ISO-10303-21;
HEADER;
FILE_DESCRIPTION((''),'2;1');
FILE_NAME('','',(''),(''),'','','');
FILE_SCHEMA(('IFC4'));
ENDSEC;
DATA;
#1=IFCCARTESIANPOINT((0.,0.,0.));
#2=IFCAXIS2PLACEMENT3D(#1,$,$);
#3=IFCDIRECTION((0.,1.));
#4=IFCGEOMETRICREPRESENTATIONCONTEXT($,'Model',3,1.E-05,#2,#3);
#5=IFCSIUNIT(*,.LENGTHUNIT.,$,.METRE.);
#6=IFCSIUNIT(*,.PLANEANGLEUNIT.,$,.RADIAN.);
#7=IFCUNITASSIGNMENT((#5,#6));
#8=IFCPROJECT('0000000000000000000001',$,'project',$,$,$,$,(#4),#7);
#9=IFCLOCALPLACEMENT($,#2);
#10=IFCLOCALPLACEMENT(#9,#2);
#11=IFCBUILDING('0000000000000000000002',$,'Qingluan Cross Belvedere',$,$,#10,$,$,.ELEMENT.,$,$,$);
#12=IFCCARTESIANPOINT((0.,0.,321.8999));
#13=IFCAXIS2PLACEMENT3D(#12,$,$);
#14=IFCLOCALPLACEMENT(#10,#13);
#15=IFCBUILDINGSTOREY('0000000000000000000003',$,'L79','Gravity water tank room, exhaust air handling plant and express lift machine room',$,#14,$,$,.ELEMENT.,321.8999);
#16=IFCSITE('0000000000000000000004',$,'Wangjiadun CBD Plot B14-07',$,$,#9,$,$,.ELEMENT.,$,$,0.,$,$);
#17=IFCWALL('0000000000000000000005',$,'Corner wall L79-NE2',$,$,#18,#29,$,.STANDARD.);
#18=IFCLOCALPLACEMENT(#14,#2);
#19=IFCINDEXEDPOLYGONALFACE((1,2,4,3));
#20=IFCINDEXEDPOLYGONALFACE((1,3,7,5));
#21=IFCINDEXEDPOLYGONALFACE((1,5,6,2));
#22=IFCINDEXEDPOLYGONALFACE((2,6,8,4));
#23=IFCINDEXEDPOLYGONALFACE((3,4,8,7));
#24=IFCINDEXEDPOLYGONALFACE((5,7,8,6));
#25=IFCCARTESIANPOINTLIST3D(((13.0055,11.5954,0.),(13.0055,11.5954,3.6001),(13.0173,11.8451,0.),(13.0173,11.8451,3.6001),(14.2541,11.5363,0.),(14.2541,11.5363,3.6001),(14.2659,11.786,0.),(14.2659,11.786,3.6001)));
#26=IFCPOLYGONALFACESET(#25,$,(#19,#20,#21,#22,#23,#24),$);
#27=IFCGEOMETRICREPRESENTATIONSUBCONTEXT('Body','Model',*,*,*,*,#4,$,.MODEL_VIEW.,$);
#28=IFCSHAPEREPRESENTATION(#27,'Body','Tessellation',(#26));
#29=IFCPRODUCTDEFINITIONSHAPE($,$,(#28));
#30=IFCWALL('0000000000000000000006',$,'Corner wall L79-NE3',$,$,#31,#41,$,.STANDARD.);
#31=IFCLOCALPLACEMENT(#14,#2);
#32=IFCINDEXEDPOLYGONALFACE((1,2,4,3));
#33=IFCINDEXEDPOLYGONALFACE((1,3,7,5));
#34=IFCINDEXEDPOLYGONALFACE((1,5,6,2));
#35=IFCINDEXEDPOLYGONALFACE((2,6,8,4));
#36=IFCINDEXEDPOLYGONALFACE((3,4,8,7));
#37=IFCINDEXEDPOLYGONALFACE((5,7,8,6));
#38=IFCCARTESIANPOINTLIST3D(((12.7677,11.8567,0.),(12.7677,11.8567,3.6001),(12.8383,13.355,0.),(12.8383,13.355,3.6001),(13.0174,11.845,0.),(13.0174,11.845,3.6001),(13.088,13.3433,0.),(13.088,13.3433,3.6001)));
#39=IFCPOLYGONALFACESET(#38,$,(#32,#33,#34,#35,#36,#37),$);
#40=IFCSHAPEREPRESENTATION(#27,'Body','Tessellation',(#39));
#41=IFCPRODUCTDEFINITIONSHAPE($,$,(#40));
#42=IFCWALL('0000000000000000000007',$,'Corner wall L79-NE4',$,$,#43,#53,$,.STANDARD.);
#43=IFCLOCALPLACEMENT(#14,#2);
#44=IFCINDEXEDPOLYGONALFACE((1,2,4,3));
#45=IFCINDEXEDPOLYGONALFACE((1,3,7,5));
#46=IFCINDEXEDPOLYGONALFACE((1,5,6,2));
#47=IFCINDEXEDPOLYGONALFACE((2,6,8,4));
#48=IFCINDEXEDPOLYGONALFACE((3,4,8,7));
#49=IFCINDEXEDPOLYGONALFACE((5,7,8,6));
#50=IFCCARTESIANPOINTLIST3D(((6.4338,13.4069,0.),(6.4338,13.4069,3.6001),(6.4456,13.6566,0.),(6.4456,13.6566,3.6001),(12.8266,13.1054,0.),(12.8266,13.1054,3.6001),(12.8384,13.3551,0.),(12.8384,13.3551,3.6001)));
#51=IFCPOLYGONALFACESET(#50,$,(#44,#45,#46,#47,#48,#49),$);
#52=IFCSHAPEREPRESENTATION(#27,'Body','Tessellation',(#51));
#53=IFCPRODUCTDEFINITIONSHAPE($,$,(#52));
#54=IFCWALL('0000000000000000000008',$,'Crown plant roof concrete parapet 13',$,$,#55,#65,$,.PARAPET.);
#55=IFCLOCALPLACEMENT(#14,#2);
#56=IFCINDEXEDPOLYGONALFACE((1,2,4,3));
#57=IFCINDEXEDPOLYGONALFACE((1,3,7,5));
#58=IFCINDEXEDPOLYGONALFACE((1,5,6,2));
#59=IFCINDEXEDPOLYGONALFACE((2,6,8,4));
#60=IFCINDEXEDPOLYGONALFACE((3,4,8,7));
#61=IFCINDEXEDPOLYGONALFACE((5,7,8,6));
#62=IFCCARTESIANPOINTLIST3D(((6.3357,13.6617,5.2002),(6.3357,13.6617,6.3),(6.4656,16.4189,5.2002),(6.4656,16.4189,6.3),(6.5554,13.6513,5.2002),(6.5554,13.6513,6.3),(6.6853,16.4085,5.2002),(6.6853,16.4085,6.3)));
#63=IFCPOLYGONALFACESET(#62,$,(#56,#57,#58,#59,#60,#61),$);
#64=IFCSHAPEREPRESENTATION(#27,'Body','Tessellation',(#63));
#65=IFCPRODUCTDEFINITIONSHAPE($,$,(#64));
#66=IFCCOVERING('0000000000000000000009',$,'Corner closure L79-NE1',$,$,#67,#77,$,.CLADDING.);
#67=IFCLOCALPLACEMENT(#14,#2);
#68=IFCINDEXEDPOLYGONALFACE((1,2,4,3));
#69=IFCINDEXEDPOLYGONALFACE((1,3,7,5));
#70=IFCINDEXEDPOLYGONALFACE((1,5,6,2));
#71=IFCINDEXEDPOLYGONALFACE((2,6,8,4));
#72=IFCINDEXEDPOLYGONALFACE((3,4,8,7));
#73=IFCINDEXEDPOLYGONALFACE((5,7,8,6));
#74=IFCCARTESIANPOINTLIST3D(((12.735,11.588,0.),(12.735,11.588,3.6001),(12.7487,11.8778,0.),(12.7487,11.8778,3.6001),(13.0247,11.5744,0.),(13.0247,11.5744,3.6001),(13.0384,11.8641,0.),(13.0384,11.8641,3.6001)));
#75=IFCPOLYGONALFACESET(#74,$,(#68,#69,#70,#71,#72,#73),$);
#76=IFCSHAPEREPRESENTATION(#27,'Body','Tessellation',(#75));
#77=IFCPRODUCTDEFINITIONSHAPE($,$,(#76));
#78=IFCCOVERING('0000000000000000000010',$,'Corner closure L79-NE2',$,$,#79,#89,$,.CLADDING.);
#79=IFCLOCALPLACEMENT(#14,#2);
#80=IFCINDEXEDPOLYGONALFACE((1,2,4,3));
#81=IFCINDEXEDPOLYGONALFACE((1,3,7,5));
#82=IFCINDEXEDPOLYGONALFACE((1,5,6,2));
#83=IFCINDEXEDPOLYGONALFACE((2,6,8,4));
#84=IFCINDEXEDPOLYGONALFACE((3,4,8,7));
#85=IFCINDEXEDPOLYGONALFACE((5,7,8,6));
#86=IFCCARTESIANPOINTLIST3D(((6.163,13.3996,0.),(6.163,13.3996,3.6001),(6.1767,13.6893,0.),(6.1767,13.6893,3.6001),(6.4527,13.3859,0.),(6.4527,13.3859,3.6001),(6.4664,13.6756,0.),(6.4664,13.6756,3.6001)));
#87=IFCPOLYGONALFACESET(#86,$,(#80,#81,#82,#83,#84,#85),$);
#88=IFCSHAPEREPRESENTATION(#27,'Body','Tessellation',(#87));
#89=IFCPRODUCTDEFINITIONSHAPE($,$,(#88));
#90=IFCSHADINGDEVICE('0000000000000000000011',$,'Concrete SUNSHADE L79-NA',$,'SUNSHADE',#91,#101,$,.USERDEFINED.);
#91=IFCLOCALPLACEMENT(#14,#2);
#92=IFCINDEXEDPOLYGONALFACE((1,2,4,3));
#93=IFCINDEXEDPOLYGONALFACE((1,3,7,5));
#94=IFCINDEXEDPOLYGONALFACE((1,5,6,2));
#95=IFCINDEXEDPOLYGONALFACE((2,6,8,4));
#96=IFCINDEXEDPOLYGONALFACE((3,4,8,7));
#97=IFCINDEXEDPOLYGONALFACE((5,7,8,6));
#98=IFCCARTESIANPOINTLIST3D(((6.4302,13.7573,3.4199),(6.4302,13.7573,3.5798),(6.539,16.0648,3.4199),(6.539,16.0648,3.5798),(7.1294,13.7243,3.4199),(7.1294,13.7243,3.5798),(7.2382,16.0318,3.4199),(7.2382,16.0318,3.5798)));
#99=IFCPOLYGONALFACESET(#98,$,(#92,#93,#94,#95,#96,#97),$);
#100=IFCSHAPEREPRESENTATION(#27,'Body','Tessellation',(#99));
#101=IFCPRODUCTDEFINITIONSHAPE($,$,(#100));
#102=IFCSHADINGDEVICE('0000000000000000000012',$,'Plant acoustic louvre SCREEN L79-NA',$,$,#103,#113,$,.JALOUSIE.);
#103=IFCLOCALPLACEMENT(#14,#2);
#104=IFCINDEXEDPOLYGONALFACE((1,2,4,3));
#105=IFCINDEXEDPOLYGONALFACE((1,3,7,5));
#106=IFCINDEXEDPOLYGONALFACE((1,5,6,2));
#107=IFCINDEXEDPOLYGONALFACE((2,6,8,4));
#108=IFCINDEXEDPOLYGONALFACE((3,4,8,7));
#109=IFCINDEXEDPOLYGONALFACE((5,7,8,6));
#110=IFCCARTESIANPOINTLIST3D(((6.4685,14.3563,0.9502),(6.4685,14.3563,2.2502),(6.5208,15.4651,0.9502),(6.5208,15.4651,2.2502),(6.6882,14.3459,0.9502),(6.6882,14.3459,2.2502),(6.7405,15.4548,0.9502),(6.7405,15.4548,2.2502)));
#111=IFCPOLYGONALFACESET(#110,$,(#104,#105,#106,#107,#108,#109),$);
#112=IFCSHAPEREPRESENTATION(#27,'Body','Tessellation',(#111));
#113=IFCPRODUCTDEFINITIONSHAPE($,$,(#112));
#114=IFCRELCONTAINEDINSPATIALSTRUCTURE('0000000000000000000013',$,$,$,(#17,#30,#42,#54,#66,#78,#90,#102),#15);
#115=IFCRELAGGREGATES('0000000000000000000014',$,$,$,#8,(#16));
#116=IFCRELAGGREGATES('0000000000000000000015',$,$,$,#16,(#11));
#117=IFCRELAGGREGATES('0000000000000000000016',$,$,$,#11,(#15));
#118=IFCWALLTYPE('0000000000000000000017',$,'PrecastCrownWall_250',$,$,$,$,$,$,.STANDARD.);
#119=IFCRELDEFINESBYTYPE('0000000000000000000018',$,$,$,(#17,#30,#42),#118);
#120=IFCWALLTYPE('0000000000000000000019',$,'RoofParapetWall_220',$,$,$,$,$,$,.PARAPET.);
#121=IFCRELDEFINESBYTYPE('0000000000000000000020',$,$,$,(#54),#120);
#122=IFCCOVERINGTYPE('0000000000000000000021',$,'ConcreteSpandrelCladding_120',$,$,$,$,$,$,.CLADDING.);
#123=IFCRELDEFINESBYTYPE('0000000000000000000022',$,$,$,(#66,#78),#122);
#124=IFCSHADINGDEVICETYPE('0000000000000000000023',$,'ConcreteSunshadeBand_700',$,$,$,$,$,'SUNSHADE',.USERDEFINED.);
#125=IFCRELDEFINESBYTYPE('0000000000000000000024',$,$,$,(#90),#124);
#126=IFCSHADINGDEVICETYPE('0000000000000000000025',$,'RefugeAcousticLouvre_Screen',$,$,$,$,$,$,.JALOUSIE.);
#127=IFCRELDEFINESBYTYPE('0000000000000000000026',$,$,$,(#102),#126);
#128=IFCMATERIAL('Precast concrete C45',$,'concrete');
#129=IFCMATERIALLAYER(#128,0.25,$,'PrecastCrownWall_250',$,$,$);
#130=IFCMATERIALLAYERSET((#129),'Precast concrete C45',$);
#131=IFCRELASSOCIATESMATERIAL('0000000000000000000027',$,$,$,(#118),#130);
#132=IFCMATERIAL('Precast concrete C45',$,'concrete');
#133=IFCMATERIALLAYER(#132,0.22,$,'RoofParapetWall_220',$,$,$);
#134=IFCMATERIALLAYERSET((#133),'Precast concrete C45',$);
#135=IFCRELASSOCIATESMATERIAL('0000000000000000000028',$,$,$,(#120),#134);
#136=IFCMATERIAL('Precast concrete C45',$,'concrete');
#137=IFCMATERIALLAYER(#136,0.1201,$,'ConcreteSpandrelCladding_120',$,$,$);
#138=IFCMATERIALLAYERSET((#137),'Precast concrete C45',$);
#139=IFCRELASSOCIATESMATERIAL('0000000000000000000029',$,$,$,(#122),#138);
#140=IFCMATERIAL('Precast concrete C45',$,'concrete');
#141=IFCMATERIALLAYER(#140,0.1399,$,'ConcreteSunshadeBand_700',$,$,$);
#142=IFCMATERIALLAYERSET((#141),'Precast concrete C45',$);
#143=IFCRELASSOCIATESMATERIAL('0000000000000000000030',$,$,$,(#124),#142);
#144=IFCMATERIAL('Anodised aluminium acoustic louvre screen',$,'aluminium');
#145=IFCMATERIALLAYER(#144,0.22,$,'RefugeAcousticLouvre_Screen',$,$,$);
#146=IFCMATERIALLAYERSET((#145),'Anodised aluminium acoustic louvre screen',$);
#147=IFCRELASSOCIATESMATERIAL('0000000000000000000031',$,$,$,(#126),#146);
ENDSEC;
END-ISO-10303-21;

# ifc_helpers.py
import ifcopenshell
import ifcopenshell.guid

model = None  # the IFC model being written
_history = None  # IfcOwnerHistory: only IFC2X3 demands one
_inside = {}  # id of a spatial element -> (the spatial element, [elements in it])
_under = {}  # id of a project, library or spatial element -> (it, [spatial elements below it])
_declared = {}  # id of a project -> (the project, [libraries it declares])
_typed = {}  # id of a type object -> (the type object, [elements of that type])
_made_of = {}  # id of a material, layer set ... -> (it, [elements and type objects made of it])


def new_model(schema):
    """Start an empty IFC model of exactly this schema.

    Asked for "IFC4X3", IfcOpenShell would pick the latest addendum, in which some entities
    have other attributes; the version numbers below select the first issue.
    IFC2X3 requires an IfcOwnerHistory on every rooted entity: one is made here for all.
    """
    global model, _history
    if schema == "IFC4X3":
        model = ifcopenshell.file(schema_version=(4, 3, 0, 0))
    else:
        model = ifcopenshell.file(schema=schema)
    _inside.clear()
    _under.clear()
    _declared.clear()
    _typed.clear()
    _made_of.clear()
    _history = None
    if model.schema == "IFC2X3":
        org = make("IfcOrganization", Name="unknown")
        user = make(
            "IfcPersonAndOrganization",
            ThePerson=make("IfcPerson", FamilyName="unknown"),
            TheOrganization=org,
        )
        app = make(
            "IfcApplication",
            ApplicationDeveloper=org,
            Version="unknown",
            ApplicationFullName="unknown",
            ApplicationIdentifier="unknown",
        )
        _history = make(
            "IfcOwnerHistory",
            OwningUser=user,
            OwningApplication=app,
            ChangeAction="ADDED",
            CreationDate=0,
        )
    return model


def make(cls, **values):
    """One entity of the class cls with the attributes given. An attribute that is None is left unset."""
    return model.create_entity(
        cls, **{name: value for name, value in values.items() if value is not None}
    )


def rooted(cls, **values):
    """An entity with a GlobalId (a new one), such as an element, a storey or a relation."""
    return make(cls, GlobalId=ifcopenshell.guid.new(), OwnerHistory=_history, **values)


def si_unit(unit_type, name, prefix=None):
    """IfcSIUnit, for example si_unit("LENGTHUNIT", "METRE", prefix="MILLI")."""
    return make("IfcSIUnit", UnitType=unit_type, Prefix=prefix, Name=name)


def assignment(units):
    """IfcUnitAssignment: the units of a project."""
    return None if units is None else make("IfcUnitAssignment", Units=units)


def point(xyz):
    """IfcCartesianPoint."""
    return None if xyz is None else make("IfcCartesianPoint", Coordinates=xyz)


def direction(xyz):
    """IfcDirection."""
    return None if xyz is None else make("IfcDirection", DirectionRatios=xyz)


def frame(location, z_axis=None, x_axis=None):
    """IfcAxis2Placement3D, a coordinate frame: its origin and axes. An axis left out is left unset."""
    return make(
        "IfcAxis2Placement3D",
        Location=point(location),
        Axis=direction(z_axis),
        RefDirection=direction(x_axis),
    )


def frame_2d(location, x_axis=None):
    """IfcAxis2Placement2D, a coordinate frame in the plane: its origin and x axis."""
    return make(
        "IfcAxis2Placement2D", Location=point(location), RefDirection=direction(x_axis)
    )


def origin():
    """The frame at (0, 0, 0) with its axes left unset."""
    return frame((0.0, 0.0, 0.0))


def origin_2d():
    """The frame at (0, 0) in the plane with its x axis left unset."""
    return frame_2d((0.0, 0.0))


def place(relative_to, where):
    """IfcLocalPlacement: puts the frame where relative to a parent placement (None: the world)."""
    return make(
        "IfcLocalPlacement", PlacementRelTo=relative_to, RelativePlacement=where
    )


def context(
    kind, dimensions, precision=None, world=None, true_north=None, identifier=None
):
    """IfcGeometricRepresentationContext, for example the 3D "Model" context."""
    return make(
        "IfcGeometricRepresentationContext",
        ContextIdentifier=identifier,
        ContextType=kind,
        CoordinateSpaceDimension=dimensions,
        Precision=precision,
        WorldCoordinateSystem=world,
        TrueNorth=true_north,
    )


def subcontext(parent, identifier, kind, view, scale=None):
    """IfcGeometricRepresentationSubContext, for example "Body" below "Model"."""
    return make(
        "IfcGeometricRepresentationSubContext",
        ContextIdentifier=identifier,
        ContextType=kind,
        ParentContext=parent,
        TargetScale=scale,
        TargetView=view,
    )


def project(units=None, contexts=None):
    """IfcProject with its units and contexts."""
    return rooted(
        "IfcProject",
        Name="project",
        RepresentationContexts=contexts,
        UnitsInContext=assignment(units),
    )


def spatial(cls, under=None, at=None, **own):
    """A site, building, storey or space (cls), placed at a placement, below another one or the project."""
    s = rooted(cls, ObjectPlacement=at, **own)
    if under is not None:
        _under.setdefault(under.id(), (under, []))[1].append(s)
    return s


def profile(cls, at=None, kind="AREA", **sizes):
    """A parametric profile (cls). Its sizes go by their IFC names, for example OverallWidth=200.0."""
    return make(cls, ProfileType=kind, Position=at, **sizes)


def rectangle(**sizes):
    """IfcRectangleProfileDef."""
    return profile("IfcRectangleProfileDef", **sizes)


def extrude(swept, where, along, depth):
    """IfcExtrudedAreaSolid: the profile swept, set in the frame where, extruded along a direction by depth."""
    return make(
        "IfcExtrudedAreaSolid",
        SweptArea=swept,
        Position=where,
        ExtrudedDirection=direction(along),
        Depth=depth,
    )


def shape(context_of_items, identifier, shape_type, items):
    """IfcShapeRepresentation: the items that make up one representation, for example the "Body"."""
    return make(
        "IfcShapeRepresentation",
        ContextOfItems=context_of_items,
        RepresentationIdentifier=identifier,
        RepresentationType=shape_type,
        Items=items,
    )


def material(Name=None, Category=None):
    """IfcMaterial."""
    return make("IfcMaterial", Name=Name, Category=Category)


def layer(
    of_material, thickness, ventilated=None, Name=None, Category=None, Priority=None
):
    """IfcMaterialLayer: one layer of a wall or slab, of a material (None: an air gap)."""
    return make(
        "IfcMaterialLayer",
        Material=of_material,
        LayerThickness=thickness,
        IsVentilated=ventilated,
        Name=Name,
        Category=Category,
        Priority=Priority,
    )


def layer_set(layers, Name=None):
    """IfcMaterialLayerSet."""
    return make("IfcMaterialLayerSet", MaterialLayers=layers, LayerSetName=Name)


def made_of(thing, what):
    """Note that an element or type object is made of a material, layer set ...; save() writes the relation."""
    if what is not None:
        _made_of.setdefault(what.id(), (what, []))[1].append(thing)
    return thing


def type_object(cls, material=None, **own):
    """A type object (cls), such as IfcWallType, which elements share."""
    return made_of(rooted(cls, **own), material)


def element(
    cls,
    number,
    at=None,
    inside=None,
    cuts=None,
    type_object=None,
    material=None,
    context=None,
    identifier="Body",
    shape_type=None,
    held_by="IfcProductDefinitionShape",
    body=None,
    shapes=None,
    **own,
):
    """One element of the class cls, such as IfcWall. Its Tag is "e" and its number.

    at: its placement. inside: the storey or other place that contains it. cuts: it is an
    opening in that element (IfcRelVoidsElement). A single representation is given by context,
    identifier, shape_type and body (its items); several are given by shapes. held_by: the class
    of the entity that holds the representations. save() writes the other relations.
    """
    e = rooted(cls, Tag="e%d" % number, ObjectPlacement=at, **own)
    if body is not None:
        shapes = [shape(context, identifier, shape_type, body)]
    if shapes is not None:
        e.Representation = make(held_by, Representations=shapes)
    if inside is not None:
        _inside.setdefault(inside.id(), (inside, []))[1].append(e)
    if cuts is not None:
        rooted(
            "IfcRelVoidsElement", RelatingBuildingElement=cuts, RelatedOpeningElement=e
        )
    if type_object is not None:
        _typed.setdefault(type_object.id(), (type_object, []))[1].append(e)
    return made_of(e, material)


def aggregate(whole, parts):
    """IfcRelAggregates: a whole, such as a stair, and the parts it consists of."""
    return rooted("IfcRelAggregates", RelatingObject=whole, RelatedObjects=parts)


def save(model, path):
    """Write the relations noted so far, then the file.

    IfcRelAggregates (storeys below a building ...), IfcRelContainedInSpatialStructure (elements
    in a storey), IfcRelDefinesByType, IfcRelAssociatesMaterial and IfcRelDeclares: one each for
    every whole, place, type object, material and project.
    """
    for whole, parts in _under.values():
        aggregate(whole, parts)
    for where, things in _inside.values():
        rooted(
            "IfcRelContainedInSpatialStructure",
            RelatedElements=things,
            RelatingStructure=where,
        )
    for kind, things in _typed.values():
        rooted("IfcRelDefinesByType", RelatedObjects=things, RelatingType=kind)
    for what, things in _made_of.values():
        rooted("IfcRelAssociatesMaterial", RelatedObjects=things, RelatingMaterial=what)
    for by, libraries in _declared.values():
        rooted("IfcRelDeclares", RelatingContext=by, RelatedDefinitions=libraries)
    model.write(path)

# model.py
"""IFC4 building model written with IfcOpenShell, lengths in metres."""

from ifc_helpers import new_model, si_unit, direction, frame, frame_2d, origin, origin_2d, place, context, subcontext, project, spatial, rectangle, extrude, material, layer, layer_set, type_object, element, save


model = new_model("IFC4")

# Units and contexts
model_context = context("Model", 3, precision=1e-05, world=origin(), true_north=direction((0.0, 1.0)))
body_context = subcontext(model_context, "Body", "Model", "MODEL_VIEW")
ifc_project = project(units=[si_unit("LENGTHUNIT", "METRE"), si_unit("PLANEANGLEUNIT", "RADIAN")], contexts=[model_context])

# Site, building, storey
site_placement = place(None, origin())
site = spatial("IfcSite", under=ifc_project, at=site_placement, Name="Wangjiadun CBD Plot B14-07", CompositionType="ELEMENT", RefElevation=0.0)
building_placement = place(site_placement, origin())
building = spatial("IfcBuilding", under=site, at=building_placement, Name="Qingluan Cross Belvedere", CompositionType="ELEMENT")
storey_placement = place(building_placement, frame((0.0, 0.0, 321.8999)))
storey = spatial("IfcBuildingStorey", under=building, at=storey_placement, Name="L79", Description="Gravity water tank room, exhaust air handling plant and express lift machine room", CompositionType="ELEMENT", Elevation=321.8999)

# Walls
ifc_material_1 = material(Name="Precast concrete C45", Category="concrete")
ifc_layer_1 = layer(ifc_material_1, 0.25, Name="PrecastCrownWall_250")
ifc_layer_set_1 = layer_set([ifc_layer_1], Name="Precast concrete C45")
wall_type_1 = type_object("IfcWallType", Name="PrecastCrownWall_250", PredefinedType="STANDARD", material=ifc_layer_set_1)
wall_1_placement = place(storey_placement, frame((14.26, 11.6611, 0.0), z_axis=(0.0, 0.0, 1.0), x_axis=(-0.998882, 0.047268, 0.0)))
element("IfcWall", 1, at=wall_1_placement, inside=storey, type_object=wall_type_1, Name="Corner wall L79-NE2", PredefinedType="STANDARD", context=body_context, shape_type="SweptSolid", body=[
    extrude(rectangle(XDim=1.25, YDim=0.25, at=frame_2d((0.625, 0.0))), origin(), (0.0, 0.0, 1.0), 3.6001),
])
wall_2_placement = place(storey_placement, frame((12.8926, 11.8508, 0.0), z_axis=(0.0, 0.0, 1.0), x_axis=(0.047039, 0.998893, 0.0)))
element("IfcWall", 2, at=wall_2_placement, inside=storey, type_object=wall_type_1, Name="Corner wall L79-NE3", PredefinedType="STANDARD", context=body_context, shape_type="SweptSolid", body=[
    extrude(rectangle(XDim=1.5, YDim=0.25, at=frame_2d((0.75, 0.0))), origin(), (0.0, 0.0, 1.0), 3.6001),
])
wall_3_placement = place(storey_placement, frame((12.8325, 13.2302, 0.0), z_axis=(0.0, 0.0, 1.0), x_axis=(-0.99889, 0.047112, 0.0)))
element("IfcWall", 3, at=wall_3_placement, inside=storey, type_object=wall_type_1, Name="Corner wall L79-NE4", PredefinedType="STANDARD", context=body_context, shape_type="SweptSolid", body=[
    extrude(rectangle(XDim=6.3999, YDim=0.25, at=frame_2d((3.2, 0.0))), origin(), (0.0, 0.0, 1.0), 3.6001),
])
ifc_material_2 = material(Name="Precast concrete C45", Category="concrete")
ifc_layer_2 = layer(ifc_material_2, 0.22, Name="RoofParapetWall_220")
ifc_layer_set_2 = layer_set([ifc_layer_2], Name="Precast concrete C45")
wall_type_2 = type_object("IfcWallType", Name="RoofParapetWall_220", PredefinedType="PARAPET", material=ifc_layer_set_2)
wall_4_placement = place(storey_placement, frame((6.4456, 13.6565, 5.2002), z_axis=(0.0, 0.0, 1.0), x_axis=(0.047057, 0.998892, 0.0)))
element("IfcWall", 4, at=wall_4_placement, inside=storey, type_object=wall_type_2, Name="Crown plant roof concrete parapet 13", PredefinedType="PARAPET", context=body_context, shape_type="SweptSolid", body=[
    extrude(rectangle(XDim=2.7603, YDim=0.22, at=frame_2d((1.3801, 0.0))), origin(), (0.0, 0.0, 1.0), 1.0999),
])

# Coverings
ifc_material_3 = material(Name="Precast concrete C45", Category="concrete")
ifc_layer_3 = layer(ifc_material_3, 0.1201, Name="ConcreteSpandrelCladding_120")
ifc_layer_set_3 = layer_set([ifc_layer_3], Name="Precast concrete C45")
covering_type = type_object("IfcCoveringType", Name="ConcreteSpandrelCladding_120", PredefinedType="CLADDING", material=ifc_layer_set_3)
for number, where, z_axis, x_axis, name in (
    (5, (12.8867, 11.7261, 0.0), (0.0, 0.0, 1.0), (0.99889, -0.047106, 0.0), "Corner closure L79-NE1"),
    (6, (6.3147, 13.5376, 0.0), (0.0, 0.0, 1.0), (0.99889, -0.047106, 0.0), "Corner closure L79-NE2"),
):
    element("IfcCovering", number, at=place(storey_placement, frame(where, z_axis=z_axis, x_axis=x_axis)), inside=storey, type_object=covering_type, Name=name, PredefinedType="CLADDING", context=body_context, shape_type="SweptSolid", body=[
        extrude(rectangle(XDim=0.29, YDim=0.29, at=origin_2d()), origin(), (0.0, 0.0, 1.0), 3.6001),
    ])

# Shading devices
ifc_material_4 = material(Name="Precast concrete C45", Category="concrete")
ifc_layer_4 = layer(ifc_material_4, 0.1399, Name="ConcreteSunshadeBand_700")
ifc_layer_set_4 = layer_set([ifc_layer_4], Name="Precast concrete C45")
shading_device_type_1 = type_object("IfcShadingDeviceType", Name="ConcreteSunshadeBand_700", ElementType="SUNSHADE", PredefinedType="USERDEFINED", material=ifc_layer_set_4)
shading_device_1_placement = place(storey_placement, frame((6.8342, 14.8945, 3.4199), z_axis=(0.0, 0.0, 1.0), x_axis=(0.047092, 0.998891, 0.0)))
element("IfcShadingDevice", 7, at=shading_device_1_placement, inside=storey, type_object=shading_device_type_1, Name="Concrete SUNSHADE L79-NA", ObjectType="SUNSHADE", PredefinedType="USERDEFINED", context=body_context, shape_type="SweptSolid", body=[
    extrude(rectangle(XDim=2.3101, YDim=0.7, at=origin_2d()), origin(), (0.0, 0.0, 1.0), 0.1599),
])
ifc_material_5 = material(Name="Anodised aluminium acoustic louvre screen", Category="aluminium")
ifc_layer_5 = layer(ifc_material_5, 0.22, Name="RefugeAcousticLouvre_Screen")
ifc_layer_set_5 = layer_set([ifc_layer_5], Name="Anodised aluminium acoustic louvre screen")
shading_device_type_2 = type_object("IfcShadingDeviceType", Name="RefugeAcousticLouvre_Screen", PredefinedType="JALOUSIE", material=ifc_layer_set_5)
shading_device_2_placement = place(storey_placement, frame((6.6045, 14.9055, 0.9502), z_axis=(0.0, 0.0, 1.0), x_axis=(0.047092, 0.998891, 0.0)))
element("IfcShadingDevice", 8, at=shading_device_2_placement, inside=storey, type_object=shading_device_type_2, Name="Plant acoustic louvre SCREEN L79-NA", PredefinedType="JALOUSIE", context=body_context, shape_type="SweptSolid", body=[
    extrude(rectangle(XDim=1.1101, YDim=0.22, at=origin_2d()), origin(), (0.0, 0.0, 1.0), 1.3),
])

save(model, "model.ifc")
